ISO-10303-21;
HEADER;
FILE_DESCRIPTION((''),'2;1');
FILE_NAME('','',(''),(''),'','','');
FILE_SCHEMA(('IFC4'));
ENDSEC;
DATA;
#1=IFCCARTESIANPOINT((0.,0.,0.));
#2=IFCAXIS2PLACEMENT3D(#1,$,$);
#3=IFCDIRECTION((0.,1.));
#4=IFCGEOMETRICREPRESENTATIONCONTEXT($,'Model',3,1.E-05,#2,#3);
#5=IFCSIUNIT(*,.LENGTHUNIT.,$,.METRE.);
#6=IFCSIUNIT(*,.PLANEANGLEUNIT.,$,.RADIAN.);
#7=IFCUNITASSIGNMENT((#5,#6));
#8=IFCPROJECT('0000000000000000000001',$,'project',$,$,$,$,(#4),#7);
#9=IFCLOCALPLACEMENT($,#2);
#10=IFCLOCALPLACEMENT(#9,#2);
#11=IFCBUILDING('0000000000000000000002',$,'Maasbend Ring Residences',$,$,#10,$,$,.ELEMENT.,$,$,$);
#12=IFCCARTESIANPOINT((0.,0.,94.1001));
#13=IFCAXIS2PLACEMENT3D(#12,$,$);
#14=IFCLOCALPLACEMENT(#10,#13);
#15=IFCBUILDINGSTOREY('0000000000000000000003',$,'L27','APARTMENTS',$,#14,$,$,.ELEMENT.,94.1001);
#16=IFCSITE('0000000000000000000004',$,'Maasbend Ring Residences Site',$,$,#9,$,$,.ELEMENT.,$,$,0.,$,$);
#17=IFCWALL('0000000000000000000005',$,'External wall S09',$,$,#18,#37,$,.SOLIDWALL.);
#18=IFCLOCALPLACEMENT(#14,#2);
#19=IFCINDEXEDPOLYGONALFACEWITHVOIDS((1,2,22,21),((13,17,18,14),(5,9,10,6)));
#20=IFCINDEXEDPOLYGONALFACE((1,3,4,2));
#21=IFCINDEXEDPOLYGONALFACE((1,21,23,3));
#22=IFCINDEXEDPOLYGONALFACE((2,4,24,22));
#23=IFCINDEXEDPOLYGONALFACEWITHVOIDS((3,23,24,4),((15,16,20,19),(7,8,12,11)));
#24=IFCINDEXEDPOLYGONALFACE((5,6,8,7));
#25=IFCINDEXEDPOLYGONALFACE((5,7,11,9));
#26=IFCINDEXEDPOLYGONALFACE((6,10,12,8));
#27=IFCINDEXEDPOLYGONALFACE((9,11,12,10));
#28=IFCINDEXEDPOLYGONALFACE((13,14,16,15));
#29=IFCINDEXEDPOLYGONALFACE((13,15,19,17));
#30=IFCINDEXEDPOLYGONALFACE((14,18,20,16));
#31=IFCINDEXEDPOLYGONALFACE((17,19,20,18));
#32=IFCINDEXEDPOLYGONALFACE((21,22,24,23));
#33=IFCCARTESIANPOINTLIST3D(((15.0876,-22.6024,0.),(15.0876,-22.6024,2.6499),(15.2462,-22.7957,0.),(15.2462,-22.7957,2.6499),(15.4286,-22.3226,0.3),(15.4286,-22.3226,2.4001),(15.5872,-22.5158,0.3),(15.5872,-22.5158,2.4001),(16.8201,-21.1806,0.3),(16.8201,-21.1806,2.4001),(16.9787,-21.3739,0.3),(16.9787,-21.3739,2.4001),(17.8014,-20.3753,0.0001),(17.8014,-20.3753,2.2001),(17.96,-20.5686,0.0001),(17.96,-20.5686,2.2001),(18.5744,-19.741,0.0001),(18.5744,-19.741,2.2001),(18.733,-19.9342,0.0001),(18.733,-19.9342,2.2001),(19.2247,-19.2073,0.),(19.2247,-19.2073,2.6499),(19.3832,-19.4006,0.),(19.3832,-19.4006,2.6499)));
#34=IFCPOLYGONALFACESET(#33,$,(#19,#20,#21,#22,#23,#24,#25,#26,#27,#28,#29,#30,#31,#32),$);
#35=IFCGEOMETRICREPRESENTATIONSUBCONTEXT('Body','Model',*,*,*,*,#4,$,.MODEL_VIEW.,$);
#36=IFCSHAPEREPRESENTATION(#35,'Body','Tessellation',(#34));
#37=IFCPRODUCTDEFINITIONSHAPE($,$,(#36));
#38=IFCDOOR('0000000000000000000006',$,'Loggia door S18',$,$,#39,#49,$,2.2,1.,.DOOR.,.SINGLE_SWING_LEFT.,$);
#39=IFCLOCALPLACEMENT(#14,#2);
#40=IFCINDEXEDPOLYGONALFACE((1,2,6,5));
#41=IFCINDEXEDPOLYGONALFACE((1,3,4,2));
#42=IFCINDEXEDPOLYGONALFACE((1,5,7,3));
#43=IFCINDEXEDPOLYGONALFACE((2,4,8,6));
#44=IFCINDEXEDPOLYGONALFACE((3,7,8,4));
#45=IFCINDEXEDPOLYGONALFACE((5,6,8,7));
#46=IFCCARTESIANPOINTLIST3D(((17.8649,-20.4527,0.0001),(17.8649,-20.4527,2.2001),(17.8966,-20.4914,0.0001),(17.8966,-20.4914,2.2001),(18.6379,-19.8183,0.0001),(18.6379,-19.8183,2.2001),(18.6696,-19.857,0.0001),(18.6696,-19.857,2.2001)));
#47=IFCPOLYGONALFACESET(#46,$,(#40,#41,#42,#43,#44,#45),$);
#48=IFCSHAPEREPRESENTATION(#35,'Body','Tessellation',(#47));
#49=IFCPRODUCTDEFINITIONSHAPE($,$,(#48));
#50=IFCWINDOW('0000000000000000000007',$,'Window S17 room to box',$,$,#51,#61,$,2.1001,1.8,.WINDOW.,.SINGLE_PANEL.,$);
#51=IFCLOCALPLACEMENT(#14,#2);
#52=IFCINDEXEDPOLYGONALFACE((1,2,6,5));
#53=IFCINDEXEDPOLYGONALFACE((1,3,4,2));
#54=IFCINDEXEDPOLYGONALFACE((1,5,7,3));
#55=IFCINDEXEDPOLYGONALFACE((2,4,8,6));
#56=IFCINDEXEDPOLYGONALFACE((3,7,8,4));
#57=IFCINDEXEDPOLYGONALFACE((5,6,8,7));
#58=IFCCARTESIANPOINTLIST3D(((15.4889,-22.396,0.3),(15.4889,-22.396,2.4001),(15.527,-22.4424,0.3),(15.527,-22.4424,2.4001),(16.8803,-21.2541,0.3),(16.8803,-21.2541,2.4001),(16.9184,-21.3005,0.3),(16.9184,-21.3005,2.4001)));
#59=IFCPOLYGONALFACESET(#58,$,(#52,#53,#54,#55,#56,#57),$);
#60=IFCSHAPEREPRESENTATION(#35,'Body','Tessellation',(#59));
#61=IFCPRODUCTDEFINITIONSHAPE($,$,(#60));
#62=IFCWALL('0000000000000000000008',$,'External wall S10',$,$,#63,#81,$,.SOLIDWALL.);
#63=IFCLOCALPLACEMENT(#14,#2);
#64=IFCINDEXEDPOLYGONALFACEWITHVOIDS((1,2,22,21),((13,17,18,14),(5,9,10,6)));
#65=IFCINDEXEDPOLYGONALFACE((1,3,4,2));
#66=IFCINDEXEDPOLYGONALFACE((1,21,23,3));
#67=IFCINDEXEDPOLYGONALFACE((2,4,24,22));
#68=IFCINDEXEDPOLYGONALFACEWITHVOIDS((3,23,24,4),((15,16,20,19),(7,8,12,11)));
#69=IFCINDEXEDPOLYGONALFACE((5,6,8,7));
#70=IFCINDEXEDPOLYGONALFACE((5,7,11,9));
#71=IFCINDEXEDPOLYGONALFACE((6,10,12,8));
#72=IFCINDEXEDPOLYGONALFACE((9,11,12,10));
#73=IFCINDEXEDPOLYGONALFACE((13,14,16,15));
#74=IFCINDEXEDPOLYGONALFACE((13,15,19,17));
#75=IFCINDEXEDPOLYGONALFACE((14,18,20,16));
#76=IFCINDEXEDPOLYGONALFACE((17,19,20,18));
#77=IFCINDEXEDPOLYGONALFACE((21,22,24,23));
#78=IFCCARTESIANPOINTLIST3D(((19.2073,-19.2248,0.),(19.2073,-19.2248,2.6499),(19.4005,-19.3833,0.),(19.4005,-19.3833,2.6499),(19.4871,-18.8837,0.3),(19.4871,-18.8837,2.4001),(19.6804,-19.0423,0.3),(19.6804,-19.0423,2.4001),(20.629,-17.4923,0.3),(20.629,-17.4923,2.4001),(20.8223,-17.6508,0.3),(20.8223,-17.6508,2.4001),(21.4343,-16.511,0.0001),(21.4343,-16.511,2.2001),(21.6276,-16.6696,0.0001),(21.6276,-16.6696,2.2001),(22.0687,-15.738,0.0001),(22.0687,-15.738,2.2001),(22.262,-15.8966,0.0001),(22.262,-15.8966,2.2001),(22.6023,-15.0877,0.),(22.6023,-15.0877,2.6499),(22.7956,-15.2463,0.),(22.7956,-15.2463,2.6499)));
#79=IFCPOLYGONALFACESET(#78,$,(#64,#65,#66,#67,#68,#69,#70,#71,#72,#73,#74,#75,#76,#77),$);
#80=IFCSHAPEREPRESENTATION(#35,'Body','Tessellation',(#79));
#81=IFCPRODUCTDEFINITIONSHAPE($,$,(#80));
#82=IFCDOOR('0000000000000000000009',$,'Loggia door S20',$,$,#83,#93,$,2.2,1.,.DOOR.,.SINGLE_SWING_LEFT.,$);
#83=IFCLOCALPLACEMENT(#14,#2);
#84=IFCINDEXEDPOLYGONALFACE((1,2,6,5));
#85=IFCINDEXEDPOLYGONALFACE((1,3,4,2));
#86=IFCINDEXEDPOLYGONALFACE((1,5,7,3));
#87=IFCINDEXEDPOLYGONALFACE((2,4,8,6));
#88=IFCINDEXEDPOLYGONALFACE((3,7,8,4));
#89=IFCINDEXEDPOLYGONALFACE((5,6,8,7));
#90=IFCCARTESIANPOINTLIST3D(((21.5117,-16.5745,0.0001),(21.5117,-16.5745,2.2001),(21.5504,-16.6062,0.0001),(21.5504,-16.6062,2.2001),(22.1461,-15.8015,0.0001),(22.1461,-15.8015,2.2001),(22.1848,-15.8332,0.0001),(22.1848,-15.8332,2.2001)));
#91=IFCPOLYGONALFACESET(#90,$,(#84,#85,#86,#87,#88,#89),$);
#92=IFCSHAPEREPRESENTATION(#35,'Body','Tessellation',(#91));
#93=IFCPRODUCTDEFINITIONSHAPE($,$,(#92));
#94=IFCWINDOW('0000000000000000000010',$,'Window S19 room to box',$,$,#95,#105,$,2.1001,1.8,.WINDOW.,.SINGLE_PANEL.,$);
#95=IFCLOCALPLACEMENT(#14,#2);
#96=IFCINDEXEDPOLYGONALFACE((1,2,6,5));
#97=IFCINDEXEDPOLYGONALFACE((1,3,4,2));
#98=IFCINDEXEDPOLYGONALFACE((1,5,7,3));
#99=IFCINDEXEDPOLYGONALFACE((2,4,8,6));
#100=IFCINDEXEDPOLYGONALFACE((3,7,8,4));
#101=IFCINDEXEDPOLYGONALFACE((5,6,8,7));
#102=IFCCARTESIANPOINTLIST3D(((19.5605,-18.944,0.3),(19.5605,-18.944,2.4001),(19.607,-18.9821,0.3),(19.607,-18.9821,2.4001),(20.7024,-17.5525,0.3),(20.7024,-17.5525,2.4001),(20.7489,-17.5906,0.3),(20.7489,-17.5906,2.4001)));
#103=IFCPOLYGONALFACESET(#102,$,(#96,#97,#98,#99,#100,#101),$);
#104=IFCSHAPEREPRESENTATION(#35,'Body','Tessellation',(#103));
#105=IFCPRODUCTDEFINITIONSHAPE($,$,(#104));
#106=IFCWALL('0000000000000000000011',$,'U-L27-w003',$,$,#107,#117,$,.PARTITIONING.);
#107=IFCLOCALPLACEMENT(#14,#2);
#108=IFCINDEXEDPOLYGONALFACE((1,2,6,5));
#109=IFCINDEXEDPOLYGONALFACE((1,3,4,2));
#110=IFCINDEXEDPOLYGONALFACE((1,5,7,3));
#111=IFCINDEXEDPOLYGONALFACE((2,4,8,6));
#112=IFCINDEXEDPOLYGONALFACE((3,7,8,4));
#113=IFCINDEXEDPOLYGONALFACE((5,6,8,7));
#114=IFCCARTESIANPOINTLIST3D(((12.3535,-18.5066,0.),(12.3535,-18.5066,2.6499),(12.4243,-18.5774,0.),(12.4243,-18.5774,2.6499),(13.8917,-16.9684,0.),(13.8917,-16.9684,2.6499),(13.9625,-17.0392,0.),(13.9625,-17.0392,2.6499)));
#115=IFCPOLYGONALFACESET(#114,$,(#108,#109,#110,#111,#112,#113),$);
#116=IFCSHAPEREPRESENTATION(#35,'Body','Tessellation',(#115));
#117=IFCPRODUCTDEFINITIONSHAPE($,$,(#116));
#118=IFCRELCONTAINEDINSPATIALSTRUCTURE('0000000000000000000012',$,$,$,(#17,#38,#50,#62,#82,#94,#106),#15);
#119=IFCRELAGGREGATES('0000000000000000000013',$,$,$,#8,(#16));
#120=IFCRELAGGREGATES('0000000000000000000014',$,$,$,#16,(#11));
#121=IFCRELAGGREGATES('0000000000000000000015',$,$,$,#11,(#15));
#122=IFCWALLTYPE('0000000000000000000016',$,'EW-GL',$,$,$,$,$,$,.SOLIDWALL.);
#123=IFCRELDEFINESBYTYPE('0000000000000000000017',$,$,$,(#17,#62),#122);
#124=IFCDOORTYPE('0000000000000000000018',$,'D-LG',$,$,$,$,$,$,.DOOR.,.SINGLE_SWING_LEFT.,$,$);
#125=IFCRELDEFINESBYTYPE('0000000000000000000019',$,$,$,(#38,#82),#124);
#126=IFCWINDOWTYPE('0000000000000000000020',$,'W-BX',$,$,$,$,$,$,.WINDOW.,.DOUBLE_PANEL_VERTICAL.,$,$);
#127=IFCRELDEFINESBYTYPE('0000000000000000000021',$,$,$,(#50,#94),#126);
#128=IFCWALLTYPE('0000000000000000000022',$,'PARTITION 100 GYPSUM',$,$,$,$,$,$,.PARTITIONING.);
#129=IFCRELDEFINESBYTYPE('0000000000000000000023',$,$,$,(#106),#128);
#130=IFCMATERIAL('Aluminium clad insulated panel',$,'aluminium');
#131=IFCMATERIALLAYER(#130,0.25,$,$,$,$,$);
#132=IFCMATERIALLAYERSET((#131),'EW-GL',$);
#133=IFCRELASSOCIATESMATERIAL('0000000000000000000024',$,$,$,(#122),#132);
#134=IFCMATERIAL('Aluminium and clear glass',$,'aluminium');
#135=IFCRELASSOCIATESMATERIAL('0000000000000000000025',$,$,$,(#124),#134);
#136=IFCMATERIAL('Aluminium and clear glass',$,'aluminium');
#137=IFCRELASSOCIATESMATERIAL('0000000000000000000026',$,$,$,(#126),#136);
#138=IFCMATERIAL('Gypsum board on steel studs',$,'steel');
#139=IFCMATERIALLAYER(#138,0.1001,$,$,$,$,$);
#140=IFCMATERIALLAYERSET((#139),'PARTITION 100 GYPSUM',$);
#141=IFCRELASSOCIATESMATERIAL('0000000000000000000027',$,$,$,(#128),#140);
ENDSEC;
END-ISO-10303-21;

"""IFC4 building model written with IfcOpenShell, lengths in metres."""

from ifc_helpers import new_model, si_unit, direction, frame, frame_2d, origin, place, context, subcontext, project, spatial, rectangle, extrude, material, layer, layer_set, type_object, element, fill, save


model = new_model("IFC4")

# Units and contexts
model_context = context("Model", 3, precision=1e-05, world=origin(), true_north=direction((0.0, 1.0)))
body_context = subcontext(model_context, "Body", "Model", "MODEL_VIEW")
ifc_project = project(units=[si_unit("LENGTHUNIT", "METRE"), si_unit("PLANEANGLEUNIT", "RADIAN")], contexts=[model_context])

# Site, building, storey
site_placement = place(None, origin())
site = spatial("IfcSite", under=ifc_project, at=site_placement, Name="Maasbend Ring Residences Site", CompositionType="ELEMENT", RefElevation=0.0)
building_placement = place(site_placement, origin())
building = spatial("IfcBuilding", under=site, at=building_placement, Name="Maasbend Ring Residences", CompositionType="ELEMENT")
storey_placement = place(building_placement, frame((0.0, 0.0, 94.1001)))
storey = spatial("IfcBuildingStorey", under=building, at=storey_placement, Name="L27", Description="APARTMENTS", CompositionType="ELEMENT", Elevation=94.1001)

# Walls, openings, doors, windows
ifc_material_1 = material(Name="Aluminium clad insulated panel", Category="aluminium")
ifc_layer_1 = layer(ifc_material_1, 0.25)
ifc_layer_set_1 = layer_set([ifc_layer_1], Name="EW-GL")
wall_type_1 = type_object("IfcWallType", Name="EW-GL", PredefinedType="SOLIDWALL", material=ifc_layer_set_1)
wall_1_placement = place(storey_placement, frame((15.167, -22.699, 0.0), z_axis=(0.0, 0.0, 1.0), x_axis=(0.773019, 0.634382, 0.0)))
wall_1 = element("IfcWall", 1, at=wall_1_placement, inside=storey, type_object=wall_type_1, Name="External wall S09", PredefinedType="SOLIDWALL", context=body_context, shape_type="SweptSolid", body=[
    extrude(rectangle(XDim=5.3518, YDim=0.25, at=frame_2d((2.6758, 0.0))), origin(), (0.0, 0.0, 1.0), 2.6499),
])
opening_1_placement = place(wall_1_placement, frame((0.4412, 0.0, 0.3)))
opening_1 = element("IfcOpeningElement", 2, at=opening_1_placement, cuts=wall_1, PredefinedType="OPENING", context=body_context, shape_type="SweptSolid", body=[
    extrude(rectangle(XDim=1.8, YDim=2.1001, at=frame_2d((0.8999, 1.05))), frame((0.0, 0.135, 0.0), z_axis=(0.0, -1.0, 0.0), x_axis=(1.0, 0.0, 0.0)), (0.0, 0.0, 1.0), 0.27),
])
opening_2_placement = place(wall_1_placement, frame((3.5105, 0.0, 0.0)))
opening_2 = element("IfcOpeningElement", 3, at=opening_2_placement, cuts=wall_1, PredefinedType="OPENING", context=body_context, shape_type="SweptSolid", body=[
    extrude(rectangle(XDim=1.0, YDim=2.2, at=frame_2d((0.5, 1.1001))), frame((0.0, 0.135, 0.0), z_axis=(0.0, -1.0, 0.0), x_axis=(1.0, 0.0, 0.0)), (0.0, 0.0, 1.0), 0.27),
])
ifc_material_2 = material(Name="Aluminium and clear glass", Category="aluminium")
door_type = type_object("IfcDoorType", Name="D-LG", OperationType="SINGLE_SWING_LEFT", PredefinedType="DOOR", material=ifc_material_2)
door_1_placement = place(opening_2_placement, origin())
door_1 = element("IfcDoor", 4, at=door_1_placement, inside=storey, type_object=door_type, Name="Loggia door S18", OperationType="SINGLE_SWING_LEFT", OverallHeight=2.2, OverallWidth=1.0, PredefinedType="DOOR", context=body_context, shape_type="SweptSolid", body=[
    extrude(rectangle(XDim=1.0, YDim=2.2, at=frame_2d((0.5, 1.1001))), frame((0.0, 0.0249, 0.0), z_axis=(0.0, -1.0, 0.0), x_axis=(1.0, 0.0, 0.0)), (0.0, 0.0, 1.0), 0.05),
])
fill(opening_2, door_1)
ifc_material_3 = material(Name="Aluminium and clear glass", Category="aluminium")
window_type_1 = type_object("IfcWindowType", Name="W-BX", PartitioningType="DOUBLE_PANEL_VERTICAL", PredefinedType="WINDOW", material=ifc_material_3)
window_1_placement = place(opening_1_placement, origin())
window_1 = element("IfcWindow", 5, at=window_1_placement, inside=storey, type_object=window_type_1, Name="Window S17 room to box", OverallHeight=2.1001, OverallWidth=1.8, PartitioningType="SINGLE_PANEL", PredefinedType="WINDOW", context=body_context, shape_type="SweptSolid", body=[
    extrude(rectangle(XDim=1.8, YDim=2.1001, at=frame_2d((0.8999, 1.05))), frame((0.0, 0.03, 0.0), z_axis=(0.0, -1.0, 0.0), x_axis=(1.0, 0.0, 0.0)), (0.0, 0.0, 1.0), 0.0601),
])
fill(opening_1, window_1)
wall_2_placement = place(storey_placement, frame((19.304, -19.304, 0.0), z_axis=(0.0, 0.0, 1.0), x_axis=(0.634382, 0.773019, 0.0)))
wall_2 = element("IfcWall", 6, at=wall_2_placement, inside=storey, type_object=wall_type_1, Name="External wall S10", PredefinedType="SOLIDWALL", context=body_context, shape_type="SweptSolid", body=[
    extrude(rectangle(XDim=5.3518, YDim=0.25, at=frame_2d((2.6758, 0.0))), origin(), (0.0, 0.0, 1.0), 2.6499),
])
opening_3_placement = place(wall_2_placement, frame((0.4412, 0.0, 0.3)))
opening_3 = element("IfcOpeningElement", 7, at=opening_3_placement, cuts=wall_2, PredefinedType="OPENING", context=body_context, shape_type="SweptSolid", body=[
    extrude(rectangle(XDim=1.8, YDim=2.1001, at=frame_2d((0.8999, 1.05))), frame((0.0, 0.135, 0.0), z_axis=(0.0, -1.0, 0.0), x_axis=(1.0, 0.0, 0.0)), (0.0, 0.0, 1.0), 0.27),
])
opening_4_placement = place(wall_2_placement, frame((3.5105, 0.0, 0.0)))
opening_4 = element("IfcOpeningElement", 8, at=opening_4_placement, cuts=wall_2, PredefinedType="OPENING", context=body_context, shape_type="SweptSolid", body=[
    extrude(rectangle(XDim=1.0, YDim=2.2, at=frame_2d((0.5, 1.1001))), frame((0.0, 0.135, 0.0), z_axis=(0.0, -1.0, 0.0), x_axis=(1.0, 0.0, 0.0)), (0.0, 0.0, 1.0), 0.27),
])
door_2_placement = place(opening_4_placement, origin())
door_2 = element("IfcDoor", 9, at=door_2_placement, inside=storey, type_object=door_type, Name="Loggia door S20", OperationType="SINGLE_SWING_LEFT", OverallHeight=2.2, OverallWidth=1.0, PredefinedType="DOOR", context=body_context, shape_type="SweptSolid", body=[
    extrude(rectangle(XDim=1.0, YDim=2.2, at=frame_2d((0.5, 1.1001))), frame((0.0, 0.0249, 0.0), z_axis=(0.0, -1.0, 0.0), x_axis=(1.0, 0.0, 0.0)), (0.0, 0.0, 1.0), 0.05),
])
fill(opening_4, door_2)
window_2_placement = place(opening_3_placement, origin())
window_2 = element("IfcWindow", 10, at=window_2_placement, inside=storey, type_object=window_type_1, Name="Window S19 room to box", OverallHeight=2.1001, OverallWidth=1.8, PartitioningType="SINGLE_PANEL", PredefinedType="WINDOW", context=body_context, shape_type="SweptSolid", body=[
    extrude(rectangle(XDim=1.8, YDim=2.1001, at=frame_2d((0.8999, 1.05))), frame((0.0, 0.03, 0.0), z_axis=(0.0, -1.0, 0.0), x_axis=(1.0, 0.0, 0.0)), (0.0, 0.0, 1.0), 0.0601),
])
fill(opening_3, window_2)

# Wall
ifc_material_4 = material(Name="Gypsum board on steel studs", Category="steel")
ifc_layer_2 = layer(ifc_material_4, 0.1001)
ifc_layer_set_2 = layer_set([ifc_layer_2], Name="PARTITION 100 GYPSUM")
wall_type_2 = type_object("IfcWallType", Name="PARTITION 100 GYPSUM", PredefinedType="PARTITIONING", material=ifc_layer_set_2)
wall_3_placement = place(storey_placement, frame((12.3889, -18.542, 0.0), z_axis=(0.0, 0.0, 1.0), x_axis=(0.707107, 0.707107, 0.0)))
element("IfcWall", 11, at=wall_3_placement, inside=storey, type_object=wall_type_2, Name="U-L27-w003", PredefinedType="PARTITIONING", context=body_context, shape_type="SweptSolid", body=[
    extrude(rectangle(XDim=2.1753, YDim=0.1001, at=frame_2d((1.0876, 0.0))), origin(), (0.0, 0.0, 1.0), 2.6499),
])

save(model, "model.ifc")
